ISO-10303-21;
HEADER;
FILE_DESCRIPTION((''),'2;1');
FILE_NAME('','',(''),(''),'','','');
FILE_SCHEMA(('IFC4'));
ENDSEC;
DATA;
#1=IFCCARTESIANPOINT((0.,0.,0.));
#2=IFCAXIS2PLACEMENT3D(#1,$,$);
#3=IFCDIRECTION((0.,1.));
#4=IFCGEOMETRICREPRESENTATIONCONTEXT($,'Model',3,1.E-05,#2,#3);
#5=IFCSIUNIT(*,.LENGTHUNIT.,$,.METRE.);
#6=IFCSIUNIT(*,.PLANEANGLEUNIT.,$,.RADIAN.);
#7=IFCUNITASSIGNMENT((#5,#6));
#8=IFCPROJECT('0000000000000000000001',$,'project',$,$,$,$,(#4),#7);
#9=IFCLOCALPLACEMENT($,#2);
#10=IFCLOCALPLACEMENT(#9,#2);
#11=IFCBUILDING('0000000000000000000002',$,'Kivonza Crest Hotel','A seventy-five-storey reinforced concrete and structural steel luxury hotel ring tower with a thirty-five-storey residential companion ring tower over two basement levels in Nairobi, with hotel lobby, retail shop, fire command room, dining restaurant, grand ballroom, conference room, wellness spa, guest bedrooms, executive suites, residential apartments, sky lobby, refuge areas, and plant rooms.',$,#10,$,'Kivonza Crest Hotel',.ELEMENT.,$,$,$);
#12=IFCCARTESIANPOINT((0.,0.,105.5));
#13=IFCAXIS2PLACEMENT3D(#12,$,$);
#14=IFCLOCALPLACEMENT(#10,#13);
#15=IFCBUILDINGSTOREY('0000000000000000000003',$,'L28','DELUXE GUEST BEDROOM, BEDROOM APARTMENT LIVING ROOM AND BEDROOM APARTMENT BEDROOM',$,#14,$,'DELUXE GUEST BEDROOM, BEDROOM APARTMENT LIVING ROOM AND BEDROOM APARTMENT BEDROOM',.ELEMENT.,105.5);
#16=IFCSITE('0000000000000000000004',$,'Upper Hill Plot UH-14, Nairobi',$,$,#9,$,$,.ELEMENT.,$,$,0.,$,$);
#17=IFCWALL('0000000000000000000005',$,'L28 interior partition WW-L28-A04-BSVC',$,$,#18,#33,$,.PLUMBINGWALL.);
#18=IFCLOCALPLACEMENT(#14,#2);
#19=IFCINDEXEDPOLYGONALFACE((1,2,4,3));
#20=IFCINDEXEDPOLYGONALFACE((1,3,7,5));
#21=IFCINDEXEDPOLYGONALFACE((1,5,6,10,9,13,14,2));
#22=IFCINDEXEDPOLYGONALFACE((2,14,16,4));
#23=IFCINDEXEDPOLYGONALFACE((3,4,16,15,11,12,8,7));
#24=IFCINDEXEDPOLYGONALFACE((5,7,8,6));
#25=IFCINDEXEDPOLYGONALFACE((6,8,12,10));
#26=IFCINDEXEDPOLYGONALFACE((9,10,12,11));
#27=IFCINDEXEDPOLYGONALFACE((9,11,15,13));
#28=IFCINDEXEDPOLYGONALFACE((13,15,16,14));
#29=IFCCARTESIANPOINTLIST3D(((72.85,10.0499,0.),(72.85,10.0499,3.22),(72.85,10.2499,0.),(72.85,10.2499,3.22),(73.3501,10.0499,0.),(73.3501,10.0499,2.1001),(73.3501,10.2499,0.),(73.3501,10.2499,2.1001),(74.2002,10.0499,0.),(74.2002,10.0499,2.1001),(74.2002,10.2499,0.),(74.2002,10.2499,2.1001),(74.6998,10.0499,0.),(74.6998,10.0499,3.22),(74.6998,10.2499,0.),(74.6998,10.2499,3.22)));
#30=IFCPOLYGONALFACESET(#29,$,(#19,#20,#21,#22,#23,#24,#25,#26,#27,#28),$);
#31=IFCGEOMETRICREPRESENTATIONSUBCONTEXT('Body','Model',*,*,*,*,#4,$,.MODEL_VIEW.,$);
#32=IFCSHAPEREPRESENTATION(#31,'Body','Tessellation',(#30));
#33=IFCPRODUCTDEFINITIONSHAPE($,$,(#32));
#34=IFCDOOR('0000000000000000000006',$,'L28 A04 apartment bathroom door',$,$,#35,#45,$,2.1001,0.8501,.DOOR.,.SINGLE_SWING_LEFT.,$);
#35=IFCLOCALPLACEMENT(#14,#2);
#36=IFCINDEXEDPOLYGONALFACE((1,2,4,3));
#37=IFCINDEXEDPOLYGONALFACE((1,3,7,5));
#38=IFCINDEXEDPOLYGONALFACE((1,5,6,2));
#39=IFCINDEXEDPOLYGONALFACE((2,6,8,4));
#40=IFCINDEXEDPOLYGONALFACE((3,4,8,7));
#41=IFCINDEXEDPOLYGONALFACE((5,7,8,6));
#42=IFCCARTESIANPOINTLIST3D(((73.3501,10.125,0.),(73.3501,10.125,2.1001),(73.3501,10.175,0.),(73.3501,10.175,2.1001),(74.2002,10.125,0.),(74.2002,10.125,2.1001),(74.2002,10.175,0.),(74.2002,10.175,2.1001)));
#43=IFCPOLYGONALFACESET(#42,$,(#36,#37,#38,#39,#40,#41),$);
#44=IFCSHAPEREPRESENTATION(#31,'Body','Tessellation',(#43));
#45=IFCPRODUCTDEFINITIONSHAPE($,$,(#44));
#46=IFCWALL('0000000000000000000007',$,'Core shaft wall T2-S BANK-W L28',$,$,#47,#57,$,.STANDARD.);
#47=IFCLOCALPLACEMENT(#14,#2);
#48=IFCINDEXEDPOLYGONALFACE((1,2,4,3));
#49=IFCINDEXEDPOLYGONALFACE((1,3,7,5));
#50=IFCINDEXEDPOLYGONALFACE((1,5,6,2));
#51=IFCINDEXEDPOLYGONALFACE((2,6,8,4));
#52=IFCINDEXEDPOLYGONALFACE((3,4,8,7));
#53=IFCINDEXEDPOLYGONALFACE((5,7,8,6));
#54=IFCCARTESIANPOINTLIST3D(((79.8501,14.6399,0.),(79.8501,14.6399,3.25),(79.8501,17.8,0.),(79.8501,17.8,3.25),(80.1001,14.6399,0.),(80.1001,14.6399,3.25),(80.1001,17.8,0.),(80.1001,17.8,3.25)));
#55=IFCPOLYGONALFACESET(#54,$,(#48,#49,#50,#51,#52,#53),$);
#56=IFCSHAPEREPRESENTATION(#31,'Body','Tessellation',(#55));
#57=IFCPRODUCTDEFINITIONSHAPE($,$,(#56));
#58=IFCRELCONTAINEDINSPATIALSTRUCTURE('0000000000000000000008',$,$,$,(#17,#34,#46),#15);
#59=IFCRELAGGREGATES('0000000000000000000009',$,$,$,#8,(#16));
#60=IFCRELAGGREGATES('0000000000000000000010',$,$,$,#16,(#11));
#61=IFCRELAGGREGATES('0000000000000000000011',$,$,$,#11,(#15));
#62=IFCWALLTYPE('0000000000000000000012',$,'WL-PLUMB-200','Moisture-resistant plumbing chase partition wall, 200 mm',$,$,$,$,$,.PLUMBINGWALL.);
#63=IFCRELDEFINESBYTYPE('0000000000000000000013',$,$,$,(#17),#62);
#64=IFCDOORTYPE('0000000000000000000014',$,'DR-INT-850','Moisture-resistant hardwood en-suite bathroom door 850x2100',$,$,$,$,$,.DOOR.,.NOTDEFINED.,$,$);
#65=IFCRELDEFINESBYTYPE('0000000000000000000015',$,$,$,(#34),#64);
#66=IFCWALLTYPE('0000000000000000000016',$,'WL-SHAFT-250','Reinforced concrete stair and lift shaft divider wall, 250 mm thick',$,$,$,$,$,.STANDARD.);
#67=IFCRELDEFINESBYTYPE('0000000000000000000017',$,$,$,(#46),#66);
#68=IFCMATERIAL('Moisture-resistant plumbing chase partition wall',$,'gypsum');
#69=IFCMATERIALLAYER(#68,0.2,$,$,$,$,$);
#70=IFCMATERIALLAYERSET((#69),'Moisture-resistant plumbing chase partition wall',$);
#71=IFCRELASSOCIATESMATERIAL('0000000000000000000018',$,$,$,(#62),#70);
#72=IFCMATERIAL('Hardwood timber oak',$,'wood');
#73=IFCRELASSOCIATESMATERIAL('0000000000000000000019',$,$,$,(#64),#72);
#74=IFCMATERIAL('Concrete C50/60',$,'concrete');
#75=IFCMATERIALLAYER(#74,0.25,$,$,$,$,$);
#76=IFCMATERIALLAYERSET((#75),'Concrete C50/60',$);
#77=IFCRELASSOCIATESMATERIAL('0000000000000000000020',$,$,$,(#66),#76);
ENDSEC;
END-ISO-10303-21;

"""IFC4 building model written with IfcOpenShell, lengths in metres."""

from ifc_helpers import new_model, si_unit, direction, frame, frame_2d, origin, place, context, subcontext, project, spatial, rectangle, extrude, material, layer, layer_set, type_object, element, fill, save


model = new_model("IFC4")

# Units and contexts
model_context = context("Model", 3, precision=1e-05, world=origin(), true_north=direction((0.0, 1.0)))
body_context = subcontext(model_context, "Body", "Model", "MODEL_VIEW")
ifc_project = project(units=[si_unit("LENGTHUNIT", "METRE"), si_unit("PLANEANGLEUNIT", "RADIAN")], contexts=[model_context])

# Site, building, storey
site_placement = place(None, origin())
site = spatial("IfcSite", under=ifc_project, at=site_placement, Name="Upper Hill Plot UH-14, Nairobi", CompositionType="ELEMENT", RefElevation=0.0)
building_placement = place(site_placement, origin())
building = spatial("IfcBuilding", under=site, at=building_placement, Name="Kivonza Crest Hotel", Description="A seventy-five-storey reinforced concrete and structural steel luxury hotel ring tower with a thirty-five-storey residential companion ring tower over two basement levels in Nairobi, with hotel lobby, retail shop, fire command room, dining restaurant, grand ballroom, conference room, wellness spa, guest bedrooms, executive suites, residential apartments, sky lobby, refuge areas, and plant rooms.", LongName="Kivonza Crest Hotel", CompositionType="ELEMENT")
storey_placement = place(building_placement, frame((0.0, 0.0, 105.5)))
storey = spatial("IfcBuildingStorey", under=building, at=storey_placement, Name="L28", Description="DELUXE GUEST BEDROOM, BEDROOM APARTMENT LIVING ROOM AND BEDROOM APARTMENT BEDROOM", LongName="DELUXE GUEST BEDROOM, BEDROOM APARTMENT LIVING ROOM AND BEDROOM APARTMENT BEDROOM", CompositionType="ELEMENT", Elevation=105.5)

# Shared definitions
ifc_material_1 = material(Name="Concrete C50/60", Category="concrete")

# Shared definitions
ifc_material_2 = material(Name="Hardwood timber oak", Category="wood")

# Wall, opening, door
ifc_material_3 = material(Name="Moisture-resistant plumbing chase partition wall", Category="gypsum")
ifc_layer_1 = layer(ifc_material_3, 0.2)
ifc_layer_set_1 = layer_set([ifc_layer_1], Name="Moisture-resistant plumbing chase partition wall")
wall_type_1 = type_object("IfcWallType", Name="WL-PLUMB-200", Description="Moisture-resistant plumbing chase partition wall, 200 mm", PredefinedType="PLUMBINGWALL", material=ifc_layer_set_1)
wall_1_placement = place(storey_placement, frame((72.8501, 10.1499, 0.0), z_axis=(0.0, 0.0, 1.0), x_axis=(1.0, 0.0, 0.0)))
wall_1 = element("IfcWall", 1, at=wall_1_placement, inside=storey, type_object=wall_type_1, Name="L28 interior partition WW-L28-A04-BSVC", PredefinedType="PLUMBINGWALL", context=body_context, shape_type="SweptSolid", body=[
    extrude(rectangle(XDim=1.8499, YDim=0.2, at=frame_2d((0.9248, 0.0))), origin(), (0.0, 0.0, 1.0), 3.22),
])
opening_1_placement = place(wall_1_placement, frame((0.5, 0.0, 0.0)))
opening_1 = element("IfcOpeningElement", 2, at=opening_1_placement, cuts=wall_1, PredefinedType="OPENING", context=body_context, shape_type="SweptSolid", body=[
    extrude(rectangle(XDim=0.8501, YDim=2.1001, at=frame_2d((0.425, 1.05))), frame((0.0, 0.1099, 0.0), z_axis=(0.0, -1.0, 0.0), x_axis=(1.0, 0.0, 0.0)), (0.0, 0.0, 1.0), 0.22),
])
door_type_1 = type_object("IfcDoorType", Name="DR-INT-850", Description="Moisture-resistant hardwood en-suite bathroom door 850x2100", OperationType="NOTDEFINED", PredefinedType="DOOR", material=ifc_material_2)
door_1_placement = place(opening_1_placement, frame((0.8501, 0.0, 0.0), z_axis=(0.0, 0.0, 1.0), x_axis=(-1.0, 0.0, 0.0)))
door_1 = element("IfcDoor", 3, at=door_1_placement, inside=storey, type_object=door_type_1, Name="L28 A04 apartment bathroom door", OperationType="SINGLE_SWING_LEFT", OverallHeight=2.1001, OverallWidth=0.8501, PredefinedType="DOOR", context=body_context, shape_type="SweptSolid", body=[
    extrude(rectangle(XDim=0.8501, YDim=2.1001, at=frame_2d((0.425, 1.05))), frame((0.0, 0.0249, 0.0), z_axis=(0.0, -1.0, 0.0), x_axis=(1.0, 0.0, 0.0)), (0.0, 0.0, 1.0), 0.05),
])
fill(opening_1, door_1)
ifc_layer_2 = layer(ifc_material_1, 0.25)
ifc_layer_set_2 = layer_set([ifc_layer_2], Name="Concrete C50/60")
wall_type_2 = type_object("IfcWallType", Name="WL-SHAFT-250", Description="Reinforced concrete stair and lift shaft divider wall, 250 mm thick", PredefinedType="STANDARD", material=ifc_layer_set_2)

# Wall
wall_2_placement = place(storey_placement, frame((79.9751, 14.6399, 0.0), z_axis=(0.0, 0.0, 1.0), x_axis=(0.0, 1.0, 0.0)))
element("IfcWall", 4, at=wall_2_placement, inside=storey, type_object=wall_type_2, Name="Core shaft wall T2-S BANK-W L28", PredefinedType="STANDARD", context=body_context, shape_type="SweptSolid", body=[
    extrude(rectangle(XDim=3.1602, YDim=0.25, at=frame_2d((1.5801, 0.0))), origin(), (0.0, 0.0, 1.0), 3.25),
])

save(model, "model.ifc")
